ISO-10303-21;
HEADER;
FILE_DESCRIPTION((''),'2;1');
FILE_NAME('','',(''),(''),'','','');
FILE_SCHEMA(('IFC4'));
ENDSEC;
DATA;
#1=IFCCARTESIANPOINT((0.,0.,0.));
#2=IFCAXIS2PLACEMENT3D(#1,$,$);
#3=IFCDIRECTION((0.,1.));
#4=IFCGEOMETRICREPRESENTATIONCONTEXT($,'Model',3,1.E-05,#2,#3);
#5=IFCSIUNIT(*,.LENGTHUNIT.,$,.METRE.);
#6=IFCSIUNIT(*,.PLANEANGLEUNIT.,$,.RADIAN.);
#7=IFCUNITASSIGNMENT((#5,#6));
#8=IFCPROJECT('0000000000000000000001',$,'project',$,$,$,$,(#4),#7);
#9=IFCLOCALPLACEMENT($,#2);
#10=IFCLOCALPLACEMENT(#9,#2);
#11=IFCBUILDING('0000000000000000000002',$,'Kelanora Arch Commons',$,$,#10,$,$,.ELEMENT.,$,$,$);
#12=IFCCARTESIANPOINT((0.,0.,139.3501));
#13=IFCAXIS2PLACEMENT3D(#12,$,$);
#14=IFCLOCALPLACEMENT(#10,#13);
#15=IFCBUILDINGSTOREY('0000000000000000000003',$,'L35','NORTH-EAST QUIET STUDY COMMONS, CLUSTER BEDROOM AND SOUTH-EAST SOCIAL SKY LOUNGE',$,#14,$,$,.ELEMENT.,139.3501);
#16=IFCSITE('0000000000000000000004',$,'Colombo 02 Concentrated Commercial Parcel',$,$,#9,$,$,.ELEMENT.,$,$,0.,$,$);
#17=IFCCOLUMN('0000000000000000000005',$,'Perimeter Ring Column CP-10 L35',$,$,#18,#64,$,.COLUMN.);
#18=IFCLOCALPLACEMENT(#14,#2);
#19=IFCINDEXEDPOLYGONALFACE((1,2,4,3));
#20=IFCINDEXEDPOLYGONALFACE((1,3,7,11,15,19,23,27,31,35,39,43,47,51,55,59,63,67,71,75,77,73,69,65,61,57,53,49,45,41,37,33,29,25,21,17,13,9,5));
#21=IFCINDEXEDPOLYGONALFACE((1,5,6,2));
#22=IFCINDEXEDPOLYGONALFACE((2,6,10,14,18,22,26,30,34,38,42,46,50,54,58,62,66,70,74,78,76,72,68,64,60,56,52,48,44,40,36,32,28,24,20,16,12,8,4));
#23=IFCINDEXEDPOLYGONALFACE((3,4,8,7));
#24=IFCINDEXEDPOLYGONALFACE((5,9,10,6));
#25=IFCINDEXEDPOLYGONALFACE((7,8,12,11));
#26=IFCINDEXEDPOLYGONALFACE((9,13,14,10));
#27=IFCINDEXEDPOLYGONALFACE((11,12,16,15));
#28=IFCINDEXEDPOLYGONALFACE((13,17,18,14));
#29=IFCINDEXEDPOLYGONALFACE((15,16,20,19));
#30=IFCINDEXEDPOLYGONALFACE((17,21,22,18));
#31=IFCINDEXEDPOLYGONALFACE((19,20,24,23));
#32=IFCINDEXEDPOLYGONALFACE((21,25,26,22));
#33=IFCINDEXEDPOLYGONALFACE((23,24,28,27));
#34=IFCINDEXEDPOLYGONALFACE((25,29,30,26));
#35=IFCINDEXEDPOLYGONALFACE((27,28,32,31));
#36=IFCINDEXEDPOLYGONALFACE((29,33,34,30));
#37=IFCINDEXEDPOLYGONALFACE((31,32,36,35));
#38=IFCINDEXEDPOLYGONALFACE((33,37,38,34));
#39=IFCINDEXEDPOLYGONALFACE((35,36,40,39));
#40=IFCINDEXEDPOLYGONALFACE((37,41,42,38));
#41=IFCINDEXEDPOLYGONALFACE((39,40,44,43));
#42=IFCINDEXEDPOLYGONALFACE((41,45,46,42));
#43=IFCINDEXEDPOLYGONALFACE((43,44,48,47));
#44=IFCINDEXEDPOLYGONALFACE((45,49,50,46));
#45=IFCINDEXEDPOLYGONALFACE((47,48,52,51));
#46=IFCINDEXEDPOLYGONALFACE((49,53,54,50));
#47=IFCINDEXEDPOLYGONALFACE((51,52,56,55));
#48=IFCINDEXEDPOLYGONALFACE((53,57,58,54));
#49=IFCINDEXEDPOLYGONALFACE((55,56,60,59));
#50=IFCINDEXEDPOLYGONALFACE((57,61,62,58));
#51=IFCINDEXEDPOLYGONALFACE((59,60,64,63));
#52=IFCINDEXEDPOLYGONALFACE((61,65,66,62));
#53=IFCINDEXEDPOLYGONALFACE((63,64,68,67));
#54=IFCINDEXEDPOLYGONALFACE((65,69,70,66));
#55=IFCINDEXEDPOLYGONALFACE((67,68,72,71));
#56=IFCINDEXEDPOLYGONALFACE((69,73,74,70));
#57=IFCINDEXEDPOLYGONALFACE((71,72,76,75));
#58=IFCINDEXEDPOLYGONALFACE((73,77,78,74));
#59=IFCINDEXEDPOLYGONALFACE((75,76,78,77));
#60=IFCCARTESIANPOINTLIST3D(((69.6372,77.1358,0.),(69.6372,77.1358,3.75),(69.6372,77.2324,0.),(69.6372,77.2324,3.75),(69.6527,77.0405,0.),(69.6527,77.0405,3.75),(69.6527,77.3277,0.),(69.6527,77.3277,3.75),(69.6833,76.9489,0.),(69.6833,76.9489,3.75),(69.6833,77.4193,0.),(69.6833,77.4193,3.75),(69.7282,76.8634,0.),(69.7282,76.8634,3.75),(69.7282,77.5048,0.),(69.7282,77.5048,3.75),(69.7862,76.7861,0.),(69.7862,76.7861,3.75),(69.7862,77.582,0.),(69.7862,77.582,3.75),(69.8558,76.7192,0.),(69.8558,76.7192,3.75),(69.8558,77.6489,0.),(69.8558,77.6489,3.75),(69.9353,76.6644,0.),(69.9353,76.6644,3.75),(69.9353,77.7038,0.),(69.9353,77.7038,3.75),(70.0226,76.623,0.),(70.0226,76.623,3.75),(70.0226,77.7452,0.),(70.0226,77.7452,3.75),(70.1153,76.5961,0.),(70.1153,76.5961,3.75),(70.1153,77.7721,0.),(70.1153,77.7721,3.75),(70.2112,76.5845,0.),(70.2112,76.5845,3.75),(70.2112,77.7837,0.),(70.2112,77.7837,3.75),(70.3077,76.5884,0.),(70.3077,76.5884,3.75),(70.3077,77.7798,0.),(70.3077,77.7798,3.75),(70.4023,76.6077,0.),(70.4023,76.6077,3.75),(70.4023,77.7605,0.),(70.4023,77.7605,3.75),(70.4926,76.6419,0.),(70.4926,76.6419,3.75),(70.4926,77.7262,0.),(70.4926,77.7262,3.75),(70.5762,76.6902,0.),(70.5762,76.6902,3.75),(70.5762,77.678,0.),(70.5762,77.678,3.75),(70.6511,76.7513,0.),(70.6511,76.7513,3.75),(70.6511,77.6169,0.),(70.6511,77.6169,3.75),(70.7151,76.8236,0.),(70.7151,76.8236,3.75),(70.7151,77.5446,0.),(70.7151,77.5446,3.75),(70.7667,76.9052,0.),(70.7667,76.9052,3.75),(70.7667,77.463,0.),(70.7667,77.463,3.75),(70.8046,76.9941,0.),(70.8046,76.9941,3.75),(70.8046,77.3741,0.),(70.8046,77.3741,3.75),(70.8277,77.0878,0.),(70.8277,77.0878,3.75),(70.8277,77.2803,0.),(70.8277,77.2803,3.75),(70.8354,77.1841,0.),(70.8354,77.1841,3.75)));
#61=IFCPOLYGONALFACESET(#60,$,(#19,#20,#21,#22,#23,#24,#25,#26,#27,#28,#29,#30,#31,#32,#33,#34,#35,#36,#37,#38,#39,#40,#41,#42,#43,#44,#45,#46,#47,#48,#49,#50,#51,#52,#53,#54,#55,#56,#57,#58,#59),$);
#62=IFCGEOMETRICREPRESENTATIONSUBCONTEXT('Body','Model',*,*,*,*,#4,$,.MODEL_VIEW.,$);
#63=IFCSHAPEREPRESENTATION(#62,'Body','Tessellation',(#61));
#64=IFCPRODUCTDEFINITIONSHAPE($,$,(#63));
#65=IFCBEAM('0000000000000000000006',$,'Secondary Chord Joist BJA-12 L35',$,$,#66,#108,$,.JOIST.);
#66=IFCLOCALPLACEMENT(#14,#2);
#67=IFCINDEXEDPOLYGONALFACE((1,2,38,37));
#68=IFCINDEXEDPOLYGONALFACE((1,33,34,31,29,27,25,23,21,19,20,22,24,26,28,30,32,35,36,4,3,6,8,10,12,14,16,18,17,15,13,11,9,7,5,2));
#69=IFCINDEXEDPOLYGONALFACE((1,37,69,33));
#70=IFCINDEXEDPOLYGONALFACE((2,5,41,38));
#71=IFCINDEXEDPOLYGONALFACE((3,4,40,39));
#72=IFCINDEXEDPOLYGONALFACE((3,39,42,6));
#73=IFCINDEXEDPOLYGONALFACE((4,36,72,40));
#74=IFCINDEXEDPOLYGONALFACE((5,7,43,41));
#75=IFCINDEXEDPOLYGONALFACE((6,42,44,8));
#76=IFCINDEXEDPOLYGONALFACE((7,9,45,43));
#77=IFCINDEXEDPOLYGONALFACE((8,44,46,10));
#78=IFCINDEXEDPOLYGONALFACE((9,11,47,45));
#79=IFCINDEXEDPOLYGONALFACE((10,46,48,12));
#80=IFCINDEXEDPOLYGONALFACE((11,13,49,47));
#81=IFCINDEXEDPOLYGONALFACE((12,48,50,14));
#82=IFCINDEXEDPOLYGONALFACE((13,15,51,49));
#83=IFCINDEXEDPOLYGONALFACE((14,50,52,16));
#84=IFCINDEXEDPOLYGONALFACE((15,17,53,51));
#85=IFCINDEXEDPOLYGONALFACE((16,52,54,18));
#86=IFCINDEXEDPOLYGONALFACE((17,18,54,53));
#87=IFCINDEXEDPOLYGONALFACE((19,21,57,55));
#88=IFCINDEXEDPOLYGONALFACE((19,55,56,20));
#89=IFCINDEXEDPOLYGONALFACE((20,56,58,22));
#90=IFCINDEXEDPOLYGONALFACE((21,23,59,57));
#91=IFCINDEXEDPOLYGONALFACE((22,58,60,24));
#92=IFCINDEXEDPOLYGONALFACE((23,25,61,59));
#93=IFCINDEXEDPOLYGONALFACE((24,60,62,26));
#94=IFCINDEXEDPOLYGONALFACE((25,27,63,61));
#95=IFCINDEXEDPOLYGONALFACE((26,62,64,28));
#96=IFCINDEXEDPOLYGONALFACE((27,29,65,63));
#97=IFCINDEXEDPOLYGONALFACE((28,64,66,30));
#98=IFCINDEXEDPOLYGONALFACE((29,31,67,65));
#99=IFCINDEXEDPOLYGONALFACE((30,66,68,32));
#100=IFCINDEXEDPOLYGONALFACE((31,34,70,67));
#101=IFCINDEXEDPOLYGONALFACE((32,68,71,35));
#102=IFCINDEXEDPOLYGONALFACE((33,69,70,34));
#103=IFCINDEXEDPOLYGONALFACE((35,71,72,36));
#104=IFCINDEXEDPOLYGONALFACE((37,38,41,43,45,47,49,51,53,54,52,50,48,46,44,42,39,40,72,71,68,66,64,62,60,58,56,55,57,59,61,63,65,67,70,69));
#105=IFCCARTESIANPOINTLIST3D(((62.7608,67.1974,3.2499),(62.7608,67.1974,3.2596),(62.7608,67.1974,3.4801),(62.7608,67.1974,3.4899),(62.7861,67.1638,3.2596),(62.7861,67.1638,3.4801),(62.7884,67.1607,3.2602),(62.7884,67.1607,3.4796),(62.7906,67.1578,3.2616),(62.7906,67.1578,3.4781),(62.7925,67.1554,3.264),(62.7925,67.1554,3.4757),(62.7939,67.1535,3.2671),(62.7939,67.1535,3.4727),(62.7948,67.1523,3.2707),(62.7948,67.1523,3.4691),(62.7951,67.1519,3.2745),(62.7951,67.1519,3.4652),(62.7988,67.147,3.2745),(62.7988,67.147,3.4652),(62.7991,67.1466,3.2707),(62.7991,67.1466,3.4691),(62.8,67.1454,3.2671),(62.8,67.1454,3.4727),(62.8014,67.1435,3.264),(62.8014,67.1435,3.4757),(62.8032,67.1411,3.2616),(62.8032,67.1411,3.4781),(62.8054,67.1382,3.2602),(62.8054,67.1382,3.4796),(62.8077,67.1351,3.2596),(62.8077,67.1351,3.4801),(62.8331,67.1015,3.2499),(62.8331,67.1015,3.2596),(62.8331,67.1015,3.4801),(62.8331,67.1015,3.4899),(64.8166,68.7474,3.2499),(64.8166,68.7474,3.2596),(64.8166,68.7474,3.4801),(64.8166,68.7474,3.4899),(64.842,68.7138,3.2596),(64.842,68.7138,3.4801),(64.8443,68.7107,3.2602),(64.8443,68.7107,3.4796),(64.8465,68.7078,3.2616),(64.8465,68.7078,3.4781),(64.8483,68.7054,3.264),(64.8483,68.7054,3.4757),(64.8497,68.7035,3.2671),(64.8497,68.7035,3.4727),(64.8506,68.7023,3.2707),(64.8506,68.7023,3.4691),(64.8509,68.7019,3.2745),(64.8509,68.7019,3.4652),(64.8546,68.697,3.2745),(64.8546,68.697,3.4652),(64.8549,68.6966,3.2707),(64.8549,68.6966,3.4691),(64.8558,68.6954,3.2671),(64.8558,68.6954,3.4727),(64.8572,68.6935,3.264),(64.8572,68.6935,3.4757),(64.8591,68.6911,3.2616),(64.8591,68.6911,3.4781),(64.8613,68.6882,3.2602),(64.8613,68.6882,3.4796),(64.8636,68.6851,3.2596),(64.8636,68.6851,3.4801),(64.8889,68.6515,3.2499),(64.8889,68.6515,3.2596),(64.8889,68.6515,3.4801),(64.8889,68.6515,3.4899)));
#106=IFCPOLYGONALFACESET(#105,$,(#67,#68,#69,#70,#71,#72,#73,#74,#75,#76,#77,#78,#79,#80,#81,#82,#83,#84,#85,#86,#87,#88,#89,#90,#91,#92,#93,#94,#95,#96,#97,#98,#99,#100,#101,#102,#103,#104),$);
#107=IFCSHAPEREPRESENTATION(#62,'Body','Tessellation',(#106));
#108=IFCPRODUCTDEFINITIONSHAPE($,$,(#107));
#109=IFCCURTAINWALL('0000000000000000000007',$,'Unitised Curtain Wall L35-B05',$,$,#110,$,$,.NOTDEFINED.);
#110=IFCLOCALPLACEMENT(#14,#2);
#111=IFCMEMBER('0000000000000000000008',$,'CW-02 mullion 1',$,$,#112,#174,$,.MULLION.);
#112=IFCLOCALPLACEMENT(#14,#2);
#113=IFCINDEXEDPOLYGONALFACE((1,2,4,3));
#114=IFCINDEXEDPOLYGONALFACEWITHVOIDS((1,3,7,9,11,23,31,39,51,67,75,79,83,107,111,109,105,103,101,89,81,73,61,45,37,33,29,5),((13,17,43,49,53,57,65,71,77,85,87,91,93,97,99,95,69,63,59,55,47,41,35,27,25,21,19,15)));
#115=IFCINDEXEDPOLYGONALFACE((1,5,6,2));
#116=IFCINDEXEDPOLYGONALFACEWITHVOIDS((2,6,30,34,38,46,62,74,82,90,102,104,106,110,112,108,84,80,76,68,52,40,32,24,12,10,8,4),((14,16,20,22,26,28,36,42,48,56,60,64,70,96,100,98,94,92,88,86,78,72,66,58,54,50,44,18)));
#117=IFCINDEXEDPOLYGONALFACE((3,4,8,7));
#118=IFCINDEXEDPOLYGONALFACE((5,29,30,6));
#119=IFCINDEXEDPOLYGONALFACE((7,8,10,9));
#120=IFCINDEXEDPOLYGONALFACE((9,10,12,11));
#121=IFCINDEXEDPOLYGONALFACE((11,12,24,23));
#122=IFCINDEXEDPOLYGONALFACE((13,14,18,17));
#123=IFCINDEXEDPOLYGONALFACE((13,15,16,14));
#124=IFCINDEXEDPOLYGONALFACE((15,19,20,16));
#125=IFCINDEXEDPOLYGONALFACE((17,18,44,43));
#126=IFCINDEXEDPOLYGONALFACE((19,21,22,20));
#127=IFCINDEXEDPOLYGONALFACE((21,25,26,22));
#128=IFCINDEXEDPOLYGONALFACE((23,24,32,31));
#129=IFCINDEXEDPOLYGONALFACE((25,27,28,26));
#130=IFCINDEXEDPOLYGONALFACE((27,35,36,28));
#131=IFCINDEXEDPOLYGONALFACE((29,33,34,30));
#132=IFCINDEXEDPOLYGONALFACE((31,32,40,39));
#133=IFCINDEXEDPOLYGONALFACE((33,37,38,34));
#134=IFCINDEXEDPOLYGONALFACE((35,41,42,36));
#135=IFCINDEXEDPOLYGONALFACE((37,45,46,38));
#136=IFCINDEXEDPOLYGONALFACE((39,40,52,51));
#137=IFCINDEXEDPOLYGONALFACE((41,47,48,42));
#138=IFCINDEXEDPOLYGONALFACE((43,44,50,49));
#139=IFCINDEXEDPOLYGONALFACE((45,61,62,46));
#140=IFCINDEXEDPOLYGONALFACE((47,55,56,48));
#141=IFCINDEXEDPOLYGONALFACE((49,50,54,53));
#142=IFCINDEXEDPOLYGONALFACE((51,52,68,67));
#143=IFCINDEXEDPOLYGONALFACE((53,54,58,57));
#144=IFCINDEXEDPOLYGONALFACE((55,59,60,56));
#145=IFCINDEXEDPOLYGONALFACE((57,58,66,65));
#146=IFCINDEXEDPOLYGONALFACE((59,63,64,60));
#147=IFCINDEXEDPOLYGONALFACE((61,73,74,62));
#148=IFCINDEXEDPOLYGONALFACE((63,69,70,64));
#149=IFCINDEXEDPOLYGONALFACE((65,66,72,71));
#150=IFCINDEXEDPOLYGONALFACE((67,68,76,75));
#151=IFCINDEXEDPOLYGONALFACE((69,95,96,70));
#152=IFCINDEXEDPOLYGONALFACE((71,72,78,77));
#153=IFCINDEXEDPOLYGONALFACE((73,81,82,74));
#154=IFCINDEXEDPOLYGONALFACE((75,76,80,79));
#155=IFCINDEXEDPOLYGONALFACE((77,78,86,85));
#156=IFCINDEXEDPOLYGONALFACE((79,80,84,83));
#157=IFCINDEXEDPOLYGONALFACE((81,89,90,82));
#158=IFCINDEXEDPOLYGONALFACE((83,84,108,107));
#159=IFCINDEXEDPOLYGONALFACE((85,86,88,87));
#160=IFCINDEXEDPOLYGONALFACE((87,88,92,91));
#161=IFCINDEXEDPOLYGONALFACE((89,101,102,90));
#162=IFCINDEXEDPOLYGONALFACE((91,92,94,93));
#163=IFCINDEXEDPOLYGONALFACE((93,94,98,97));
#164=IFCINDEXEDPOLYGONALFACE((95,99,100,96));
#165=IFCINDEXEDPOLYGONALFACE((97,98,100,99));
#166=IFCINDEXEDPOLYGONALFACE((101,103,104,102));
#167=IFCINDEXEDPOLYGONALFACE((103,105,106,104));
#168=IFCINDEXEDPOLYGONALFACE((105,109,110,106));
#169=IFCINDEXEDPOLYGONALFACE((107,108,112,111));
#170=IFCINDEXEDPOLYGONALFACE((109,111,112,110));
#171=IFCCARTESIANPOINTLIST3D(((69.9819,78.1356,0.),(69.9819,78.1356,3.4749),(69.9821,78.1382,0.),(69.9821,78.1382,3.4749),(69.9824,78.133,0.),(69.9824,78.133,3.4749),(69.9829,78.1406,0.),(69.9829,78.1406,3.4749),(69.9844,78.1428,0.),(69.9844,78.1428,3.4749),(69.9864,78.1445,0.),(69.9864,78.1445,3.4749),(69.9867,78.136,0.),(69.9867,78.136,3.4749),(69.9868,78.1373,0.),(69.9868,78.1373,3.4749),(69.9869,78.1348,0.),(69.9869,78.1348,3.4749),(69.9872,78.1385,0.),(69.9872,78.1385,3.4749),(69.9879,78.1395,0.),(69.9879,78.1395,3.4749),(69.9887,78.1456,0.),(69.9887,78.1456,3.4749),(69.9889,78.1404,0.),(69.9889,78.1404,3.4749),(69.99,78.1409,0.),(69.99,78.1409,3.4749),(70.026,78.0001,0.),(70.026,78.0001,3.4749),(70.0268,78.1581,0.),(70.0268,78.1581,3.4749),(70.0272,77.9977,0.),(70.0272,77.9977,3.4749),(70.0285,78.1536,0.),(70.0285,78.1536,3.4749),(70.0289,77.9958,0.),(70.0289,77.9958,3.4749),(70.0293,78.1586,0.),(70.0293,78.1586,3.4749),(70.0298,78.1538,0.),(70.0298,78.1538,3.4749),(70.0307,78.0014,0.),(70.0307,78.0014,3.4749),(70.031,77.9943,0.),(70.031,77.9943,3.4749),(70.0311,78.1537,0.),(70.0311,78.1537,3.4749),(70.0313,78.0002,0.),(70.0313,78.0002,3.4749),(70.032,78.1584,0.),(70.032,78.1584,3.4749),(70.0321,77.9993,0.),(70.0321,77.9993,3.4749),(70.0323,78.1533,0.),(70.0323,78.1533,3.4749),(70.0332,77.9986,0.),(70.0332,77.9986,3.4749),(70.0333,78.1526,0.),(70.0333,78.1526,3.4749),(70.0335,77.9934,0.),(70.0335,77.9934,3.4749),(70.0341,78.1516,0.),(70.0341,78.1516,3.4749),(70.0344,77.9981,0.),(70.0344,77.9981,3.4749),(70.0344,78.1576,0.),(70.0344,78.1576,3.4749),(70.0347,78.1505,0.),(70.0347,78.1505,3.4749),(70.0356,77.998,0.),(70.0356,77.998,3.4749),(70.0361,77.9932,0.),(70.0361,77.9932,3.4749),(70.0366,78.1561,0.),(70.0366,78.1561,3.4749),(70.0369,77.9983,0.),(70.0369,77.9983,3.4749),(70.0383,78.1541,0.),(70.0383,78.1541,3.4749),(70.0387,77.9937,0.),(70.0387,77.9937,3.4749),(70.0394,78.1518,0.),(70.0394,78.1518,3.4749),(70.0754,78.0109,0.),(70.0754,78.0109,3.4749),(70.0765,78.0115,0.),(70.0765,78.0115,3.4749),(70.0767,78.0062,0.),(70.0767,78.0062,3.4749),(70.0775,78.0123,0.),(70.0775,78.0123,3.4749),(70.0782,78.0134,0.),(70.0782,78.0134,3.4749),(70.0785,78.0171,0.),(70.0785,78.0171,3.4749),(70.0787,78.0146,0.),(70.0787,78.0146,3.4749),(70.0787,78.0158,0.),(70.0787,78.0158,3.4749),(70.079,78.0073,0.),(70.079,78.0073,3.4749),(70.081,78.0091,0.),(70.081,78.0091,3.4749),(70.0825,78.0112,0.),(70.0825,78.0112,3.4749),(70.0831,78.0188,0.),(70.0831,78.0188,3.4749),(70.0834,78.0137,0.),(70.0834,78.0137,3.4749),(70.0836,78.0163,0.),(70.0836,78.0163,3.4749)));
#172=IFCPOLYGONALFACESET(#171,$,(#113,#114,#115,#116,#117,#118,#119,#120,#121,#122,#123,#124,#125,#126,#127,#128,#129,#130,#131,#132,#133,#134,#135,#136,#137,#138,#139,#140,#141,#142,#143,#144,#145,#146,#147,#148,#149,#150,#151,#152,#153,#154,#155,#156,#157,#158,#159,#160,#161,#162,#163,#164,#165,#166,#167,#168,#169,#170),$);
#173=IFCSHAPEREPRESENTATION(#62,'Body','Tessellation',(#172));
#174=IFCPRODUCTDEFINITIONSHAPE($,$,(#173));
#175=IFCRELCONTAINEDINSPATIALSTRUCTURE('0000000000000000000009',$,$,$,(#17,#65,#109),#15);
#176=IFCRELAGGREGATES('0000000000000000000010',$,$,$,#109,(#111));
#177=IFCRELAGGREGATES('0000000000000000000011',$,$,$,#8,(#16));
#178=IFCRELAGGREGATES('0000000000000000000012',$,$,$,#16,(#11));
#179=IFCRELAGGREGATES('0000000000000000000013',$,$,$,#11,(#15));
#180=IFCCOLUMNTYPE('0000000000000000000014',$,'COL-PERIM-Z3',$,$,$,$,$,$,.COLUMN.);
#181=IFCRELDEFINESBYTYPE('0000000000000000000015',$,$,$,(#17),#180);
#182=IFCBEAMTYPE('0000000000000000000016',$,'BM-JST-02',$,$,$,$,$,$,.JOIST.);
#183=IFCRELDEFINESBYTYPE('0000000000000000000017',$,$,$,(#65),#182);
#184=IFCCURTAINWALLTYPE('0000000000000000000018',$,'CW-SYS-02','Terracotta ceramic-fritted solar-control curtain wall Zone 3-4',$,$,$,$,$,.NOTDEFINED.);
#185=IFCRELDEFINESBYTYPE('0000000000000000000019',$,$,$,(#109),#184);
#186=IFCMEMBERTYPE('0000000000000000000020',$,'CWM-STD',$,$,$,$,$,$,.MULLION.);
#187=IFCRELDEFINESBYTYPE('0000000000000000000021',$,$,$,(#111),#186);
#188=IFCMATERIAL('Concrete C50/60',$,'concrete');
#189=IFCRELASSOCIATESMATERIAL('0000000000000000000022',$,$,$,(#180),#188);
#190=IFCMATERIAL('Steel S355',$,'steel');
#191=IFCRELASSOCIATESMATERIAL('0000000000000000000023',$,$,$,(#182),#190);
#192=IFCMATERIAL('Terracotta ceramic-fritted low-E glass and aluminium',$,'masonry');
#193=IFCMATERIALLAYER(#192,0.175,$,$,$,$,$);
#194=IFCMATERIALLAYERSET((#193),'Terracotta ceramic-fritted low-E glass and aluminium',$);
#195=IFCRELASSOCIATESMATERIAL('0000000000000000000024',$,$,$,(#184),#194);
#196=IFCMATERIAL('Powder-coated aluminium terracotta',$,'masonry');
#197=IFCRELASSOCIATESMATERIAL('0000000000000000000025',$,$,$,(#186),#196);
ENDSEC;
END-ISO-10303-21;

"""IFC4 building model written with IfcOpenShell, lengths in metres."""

from ifc_helpers import new_model, si_unit, direction, frame, origin, origin_2d, place, context, subcontext, project, spatial, hollow_rectangle, circle, i_section, extrude, material, layer, layer_set, material_profile, profile_set, type_object, element, aggregate, save


model = new_model("IFC4")

# Units and contexts
model_context = context("Model", 3, precision=1e-05, world=origin(), true_north=direction((0.0, 1.0)))
body_context = subcontext(model_context, "Body", "Model", "MODEL_VIEW")
ifc_project = project(units=[si_unit("LENGTHUNIT", "METRE"), si_unit("PLANEANGLEUNIT", "RADIAN")], contexts=[model_context])

# Site, building, storey
site_placement = place(None, origin())
site = spatial("IfcSite", under=ifc_project, at=site_placement, Name="Colombo 02 Concentrated Commercial Parcel", CompositionType="ELEMENT", RefElevation=0.0)
building_placement = place(site_placement, origin())
building = spatial("IfcBuilding", under=site, at=building_placement, Name="Kelanora Arch Commons", CompositionType="ELEMENT")
storey_placement = place(building_placement, frame((0.0, 0.0, 139.3501)))
storey = spatial("IfcBuildingStorey", under=building, at=storey_placement, Name="L35", Description="NORTH-EAST QUIET STUDY COMMONS, CLUSTER BEDROOM AND SOUTH-EAST SOCIAL SKY LOUNGE", CompositionType="ELEMENT", Elevation=139.3501)

# Column
ifc_material_1 = material(Name="Concrete C50/60", Category="concrete")
ifc_material_profile_1 = material_profile(ifc_material_1, circle(Radius=0.6001, at=origin_2d()), Name="RCC1200")
ifc_profile_set_1 = profile_set([ifc_material_profile_1], Name="Concrete C50/60")
column_type = type_object("IfcColumnType", Name="COL-PERIM-Z3", PredefinedType="COLUMN", material=ifc_profile_set_1)
column_placement = place(storey_placement, frame((70.2354, 77.1841, 0.0), z_axis=(0.0, 0.0, 1.0), x_axis=(1.0, 0.0, 0.0)))
element("IfcColumn", 1, at=column_placement, inside=storey, type_object=column_type, Name="Perimeter Ring Column CP-10 L35", PredefinedType="COLUMN", context=body_context, shape_type="SweptSolid", body=[
    extrude(circle(Radius=0.6001, at=origin_2d()), origin(), (0.0, 0.0, 1.0), 3.75),
])

# Beam
ifc_material_2 = material(Name="Steel S355", Category="steel")
ifc_material_profile_2 = material_profile(ifc_material_2, i_section(OverallWidth=0.1201, OverallDepth=0.24, WebThickness=0.0061, FlangeThickness=0.0098, FilletRadius=0.0149, at=origin_2d()), Name="IPE240")
ifc_profile_set_2 = profile_set([ifc_material_profile_2], Name="Steel S355")
beam_type = type_object("IfcBeamType", Name="BM-JST-02", PredefinedType="JOIST", material=ifc_profile_set_2)
beam_placement = place(storey_placement, frame((64.8528, 68.6995, 3.3699), z_axis=(-0.798484, -0.602016, 0.0), x_axis=(0.602016, -0.798484, 0.0)))
element("IfcBeam", 2, at=beam_placement, inside=storey, type_object=beam_type, Name="Secondary Chord Joist BJA-12 L35", PredefinedType="JOIST", context=body_context, shape_type="SweptSolid", body=[
    extrude(i_section(OverallWidth=0.1201, OverallDepth=0.24, WebThickness=0.0061, FlangeThickness=0.0098, FilletRadius=0.0149, at=origin_2d()), origin(), (0.0, 0.0, 1.0), 2.5747),
])

# Curtain wall, member
ifc_material_3 = material(Name="Terracotta ceramic-fritted low-E glass and aluminium", Category="masonry")
ifc_layer_1 = layer(ifc_material_3, 0.175)
ifc_layer_set_1 = layer_set([ifc_layer_1], Name="Terracotta ceramic-fritted low-E glass and aluminium")
curtain_wall_type = type_object("IfcCurtainWallType", Name="CW-SYS-02", Description="Terracotta ceramic-fritted solar-control curtain wall Zone 3-4", PredefinedType="NOTDEFINED", material=ifc_layer_set_1)
curtain_wall_placement = place(storey_placement, origin())
curtain_wall = element("IfcCurtainWall", 3, at=curtain_wall_placement, inside=storey, type_object=curtain_wall_type, Name="Unitised Curtain Wall L35-B05", PredefinedType="NOTDEFINED")
ifc_material_4 = material(Name="Powder-coated aluminium terracotta", Category="masonry")
ifc_material_profile_3 = material_profile(ifc_material_4, hollow_rectangle(XDim=0.1599, YDim=0.0601, WallThickness=0.0049, InnerFilletRadius=0.0049, OuterFilletRadius=0.01, at=origin_2d()), Name="CWM160x60")
ifc_profile_set_3 = profile_set([ifc_material_profile_3], Name="Powder-coated aluminium terracotta")
member_type_1 = type_object("IfcMemberType", Name="CWM-STD", PredefinedType="MULLION", material=ifc_profile_set_3)
member_1_placement = place(storey_placement, frame((70.0327, 78.0759, 0.0), z_axis=(0.0, 0.0, 1.0), x_axis=(0.312128, -0.95004, 0.0)))
member_1 = element("IfcMember", 4, at=member_1_placement, type_object=member_type_1, Name="CW-02 mullion 1", PredefinedType="MULLION", context=body_context, shape_type="SweptSolid", body=[
    extrude(hollow_rectangle(XDim=0.1599, YDim=0.0601, WallThickness=0.0049, InnerFilletRadius=0.0049, OuterFilletRadius=0.01, at=origin_2d()), origin(), (0.0, 0.0, 1.0), 3.4749),
])
aggregate(curtain_wall, [member_1])

save(model, "model.ifc")
